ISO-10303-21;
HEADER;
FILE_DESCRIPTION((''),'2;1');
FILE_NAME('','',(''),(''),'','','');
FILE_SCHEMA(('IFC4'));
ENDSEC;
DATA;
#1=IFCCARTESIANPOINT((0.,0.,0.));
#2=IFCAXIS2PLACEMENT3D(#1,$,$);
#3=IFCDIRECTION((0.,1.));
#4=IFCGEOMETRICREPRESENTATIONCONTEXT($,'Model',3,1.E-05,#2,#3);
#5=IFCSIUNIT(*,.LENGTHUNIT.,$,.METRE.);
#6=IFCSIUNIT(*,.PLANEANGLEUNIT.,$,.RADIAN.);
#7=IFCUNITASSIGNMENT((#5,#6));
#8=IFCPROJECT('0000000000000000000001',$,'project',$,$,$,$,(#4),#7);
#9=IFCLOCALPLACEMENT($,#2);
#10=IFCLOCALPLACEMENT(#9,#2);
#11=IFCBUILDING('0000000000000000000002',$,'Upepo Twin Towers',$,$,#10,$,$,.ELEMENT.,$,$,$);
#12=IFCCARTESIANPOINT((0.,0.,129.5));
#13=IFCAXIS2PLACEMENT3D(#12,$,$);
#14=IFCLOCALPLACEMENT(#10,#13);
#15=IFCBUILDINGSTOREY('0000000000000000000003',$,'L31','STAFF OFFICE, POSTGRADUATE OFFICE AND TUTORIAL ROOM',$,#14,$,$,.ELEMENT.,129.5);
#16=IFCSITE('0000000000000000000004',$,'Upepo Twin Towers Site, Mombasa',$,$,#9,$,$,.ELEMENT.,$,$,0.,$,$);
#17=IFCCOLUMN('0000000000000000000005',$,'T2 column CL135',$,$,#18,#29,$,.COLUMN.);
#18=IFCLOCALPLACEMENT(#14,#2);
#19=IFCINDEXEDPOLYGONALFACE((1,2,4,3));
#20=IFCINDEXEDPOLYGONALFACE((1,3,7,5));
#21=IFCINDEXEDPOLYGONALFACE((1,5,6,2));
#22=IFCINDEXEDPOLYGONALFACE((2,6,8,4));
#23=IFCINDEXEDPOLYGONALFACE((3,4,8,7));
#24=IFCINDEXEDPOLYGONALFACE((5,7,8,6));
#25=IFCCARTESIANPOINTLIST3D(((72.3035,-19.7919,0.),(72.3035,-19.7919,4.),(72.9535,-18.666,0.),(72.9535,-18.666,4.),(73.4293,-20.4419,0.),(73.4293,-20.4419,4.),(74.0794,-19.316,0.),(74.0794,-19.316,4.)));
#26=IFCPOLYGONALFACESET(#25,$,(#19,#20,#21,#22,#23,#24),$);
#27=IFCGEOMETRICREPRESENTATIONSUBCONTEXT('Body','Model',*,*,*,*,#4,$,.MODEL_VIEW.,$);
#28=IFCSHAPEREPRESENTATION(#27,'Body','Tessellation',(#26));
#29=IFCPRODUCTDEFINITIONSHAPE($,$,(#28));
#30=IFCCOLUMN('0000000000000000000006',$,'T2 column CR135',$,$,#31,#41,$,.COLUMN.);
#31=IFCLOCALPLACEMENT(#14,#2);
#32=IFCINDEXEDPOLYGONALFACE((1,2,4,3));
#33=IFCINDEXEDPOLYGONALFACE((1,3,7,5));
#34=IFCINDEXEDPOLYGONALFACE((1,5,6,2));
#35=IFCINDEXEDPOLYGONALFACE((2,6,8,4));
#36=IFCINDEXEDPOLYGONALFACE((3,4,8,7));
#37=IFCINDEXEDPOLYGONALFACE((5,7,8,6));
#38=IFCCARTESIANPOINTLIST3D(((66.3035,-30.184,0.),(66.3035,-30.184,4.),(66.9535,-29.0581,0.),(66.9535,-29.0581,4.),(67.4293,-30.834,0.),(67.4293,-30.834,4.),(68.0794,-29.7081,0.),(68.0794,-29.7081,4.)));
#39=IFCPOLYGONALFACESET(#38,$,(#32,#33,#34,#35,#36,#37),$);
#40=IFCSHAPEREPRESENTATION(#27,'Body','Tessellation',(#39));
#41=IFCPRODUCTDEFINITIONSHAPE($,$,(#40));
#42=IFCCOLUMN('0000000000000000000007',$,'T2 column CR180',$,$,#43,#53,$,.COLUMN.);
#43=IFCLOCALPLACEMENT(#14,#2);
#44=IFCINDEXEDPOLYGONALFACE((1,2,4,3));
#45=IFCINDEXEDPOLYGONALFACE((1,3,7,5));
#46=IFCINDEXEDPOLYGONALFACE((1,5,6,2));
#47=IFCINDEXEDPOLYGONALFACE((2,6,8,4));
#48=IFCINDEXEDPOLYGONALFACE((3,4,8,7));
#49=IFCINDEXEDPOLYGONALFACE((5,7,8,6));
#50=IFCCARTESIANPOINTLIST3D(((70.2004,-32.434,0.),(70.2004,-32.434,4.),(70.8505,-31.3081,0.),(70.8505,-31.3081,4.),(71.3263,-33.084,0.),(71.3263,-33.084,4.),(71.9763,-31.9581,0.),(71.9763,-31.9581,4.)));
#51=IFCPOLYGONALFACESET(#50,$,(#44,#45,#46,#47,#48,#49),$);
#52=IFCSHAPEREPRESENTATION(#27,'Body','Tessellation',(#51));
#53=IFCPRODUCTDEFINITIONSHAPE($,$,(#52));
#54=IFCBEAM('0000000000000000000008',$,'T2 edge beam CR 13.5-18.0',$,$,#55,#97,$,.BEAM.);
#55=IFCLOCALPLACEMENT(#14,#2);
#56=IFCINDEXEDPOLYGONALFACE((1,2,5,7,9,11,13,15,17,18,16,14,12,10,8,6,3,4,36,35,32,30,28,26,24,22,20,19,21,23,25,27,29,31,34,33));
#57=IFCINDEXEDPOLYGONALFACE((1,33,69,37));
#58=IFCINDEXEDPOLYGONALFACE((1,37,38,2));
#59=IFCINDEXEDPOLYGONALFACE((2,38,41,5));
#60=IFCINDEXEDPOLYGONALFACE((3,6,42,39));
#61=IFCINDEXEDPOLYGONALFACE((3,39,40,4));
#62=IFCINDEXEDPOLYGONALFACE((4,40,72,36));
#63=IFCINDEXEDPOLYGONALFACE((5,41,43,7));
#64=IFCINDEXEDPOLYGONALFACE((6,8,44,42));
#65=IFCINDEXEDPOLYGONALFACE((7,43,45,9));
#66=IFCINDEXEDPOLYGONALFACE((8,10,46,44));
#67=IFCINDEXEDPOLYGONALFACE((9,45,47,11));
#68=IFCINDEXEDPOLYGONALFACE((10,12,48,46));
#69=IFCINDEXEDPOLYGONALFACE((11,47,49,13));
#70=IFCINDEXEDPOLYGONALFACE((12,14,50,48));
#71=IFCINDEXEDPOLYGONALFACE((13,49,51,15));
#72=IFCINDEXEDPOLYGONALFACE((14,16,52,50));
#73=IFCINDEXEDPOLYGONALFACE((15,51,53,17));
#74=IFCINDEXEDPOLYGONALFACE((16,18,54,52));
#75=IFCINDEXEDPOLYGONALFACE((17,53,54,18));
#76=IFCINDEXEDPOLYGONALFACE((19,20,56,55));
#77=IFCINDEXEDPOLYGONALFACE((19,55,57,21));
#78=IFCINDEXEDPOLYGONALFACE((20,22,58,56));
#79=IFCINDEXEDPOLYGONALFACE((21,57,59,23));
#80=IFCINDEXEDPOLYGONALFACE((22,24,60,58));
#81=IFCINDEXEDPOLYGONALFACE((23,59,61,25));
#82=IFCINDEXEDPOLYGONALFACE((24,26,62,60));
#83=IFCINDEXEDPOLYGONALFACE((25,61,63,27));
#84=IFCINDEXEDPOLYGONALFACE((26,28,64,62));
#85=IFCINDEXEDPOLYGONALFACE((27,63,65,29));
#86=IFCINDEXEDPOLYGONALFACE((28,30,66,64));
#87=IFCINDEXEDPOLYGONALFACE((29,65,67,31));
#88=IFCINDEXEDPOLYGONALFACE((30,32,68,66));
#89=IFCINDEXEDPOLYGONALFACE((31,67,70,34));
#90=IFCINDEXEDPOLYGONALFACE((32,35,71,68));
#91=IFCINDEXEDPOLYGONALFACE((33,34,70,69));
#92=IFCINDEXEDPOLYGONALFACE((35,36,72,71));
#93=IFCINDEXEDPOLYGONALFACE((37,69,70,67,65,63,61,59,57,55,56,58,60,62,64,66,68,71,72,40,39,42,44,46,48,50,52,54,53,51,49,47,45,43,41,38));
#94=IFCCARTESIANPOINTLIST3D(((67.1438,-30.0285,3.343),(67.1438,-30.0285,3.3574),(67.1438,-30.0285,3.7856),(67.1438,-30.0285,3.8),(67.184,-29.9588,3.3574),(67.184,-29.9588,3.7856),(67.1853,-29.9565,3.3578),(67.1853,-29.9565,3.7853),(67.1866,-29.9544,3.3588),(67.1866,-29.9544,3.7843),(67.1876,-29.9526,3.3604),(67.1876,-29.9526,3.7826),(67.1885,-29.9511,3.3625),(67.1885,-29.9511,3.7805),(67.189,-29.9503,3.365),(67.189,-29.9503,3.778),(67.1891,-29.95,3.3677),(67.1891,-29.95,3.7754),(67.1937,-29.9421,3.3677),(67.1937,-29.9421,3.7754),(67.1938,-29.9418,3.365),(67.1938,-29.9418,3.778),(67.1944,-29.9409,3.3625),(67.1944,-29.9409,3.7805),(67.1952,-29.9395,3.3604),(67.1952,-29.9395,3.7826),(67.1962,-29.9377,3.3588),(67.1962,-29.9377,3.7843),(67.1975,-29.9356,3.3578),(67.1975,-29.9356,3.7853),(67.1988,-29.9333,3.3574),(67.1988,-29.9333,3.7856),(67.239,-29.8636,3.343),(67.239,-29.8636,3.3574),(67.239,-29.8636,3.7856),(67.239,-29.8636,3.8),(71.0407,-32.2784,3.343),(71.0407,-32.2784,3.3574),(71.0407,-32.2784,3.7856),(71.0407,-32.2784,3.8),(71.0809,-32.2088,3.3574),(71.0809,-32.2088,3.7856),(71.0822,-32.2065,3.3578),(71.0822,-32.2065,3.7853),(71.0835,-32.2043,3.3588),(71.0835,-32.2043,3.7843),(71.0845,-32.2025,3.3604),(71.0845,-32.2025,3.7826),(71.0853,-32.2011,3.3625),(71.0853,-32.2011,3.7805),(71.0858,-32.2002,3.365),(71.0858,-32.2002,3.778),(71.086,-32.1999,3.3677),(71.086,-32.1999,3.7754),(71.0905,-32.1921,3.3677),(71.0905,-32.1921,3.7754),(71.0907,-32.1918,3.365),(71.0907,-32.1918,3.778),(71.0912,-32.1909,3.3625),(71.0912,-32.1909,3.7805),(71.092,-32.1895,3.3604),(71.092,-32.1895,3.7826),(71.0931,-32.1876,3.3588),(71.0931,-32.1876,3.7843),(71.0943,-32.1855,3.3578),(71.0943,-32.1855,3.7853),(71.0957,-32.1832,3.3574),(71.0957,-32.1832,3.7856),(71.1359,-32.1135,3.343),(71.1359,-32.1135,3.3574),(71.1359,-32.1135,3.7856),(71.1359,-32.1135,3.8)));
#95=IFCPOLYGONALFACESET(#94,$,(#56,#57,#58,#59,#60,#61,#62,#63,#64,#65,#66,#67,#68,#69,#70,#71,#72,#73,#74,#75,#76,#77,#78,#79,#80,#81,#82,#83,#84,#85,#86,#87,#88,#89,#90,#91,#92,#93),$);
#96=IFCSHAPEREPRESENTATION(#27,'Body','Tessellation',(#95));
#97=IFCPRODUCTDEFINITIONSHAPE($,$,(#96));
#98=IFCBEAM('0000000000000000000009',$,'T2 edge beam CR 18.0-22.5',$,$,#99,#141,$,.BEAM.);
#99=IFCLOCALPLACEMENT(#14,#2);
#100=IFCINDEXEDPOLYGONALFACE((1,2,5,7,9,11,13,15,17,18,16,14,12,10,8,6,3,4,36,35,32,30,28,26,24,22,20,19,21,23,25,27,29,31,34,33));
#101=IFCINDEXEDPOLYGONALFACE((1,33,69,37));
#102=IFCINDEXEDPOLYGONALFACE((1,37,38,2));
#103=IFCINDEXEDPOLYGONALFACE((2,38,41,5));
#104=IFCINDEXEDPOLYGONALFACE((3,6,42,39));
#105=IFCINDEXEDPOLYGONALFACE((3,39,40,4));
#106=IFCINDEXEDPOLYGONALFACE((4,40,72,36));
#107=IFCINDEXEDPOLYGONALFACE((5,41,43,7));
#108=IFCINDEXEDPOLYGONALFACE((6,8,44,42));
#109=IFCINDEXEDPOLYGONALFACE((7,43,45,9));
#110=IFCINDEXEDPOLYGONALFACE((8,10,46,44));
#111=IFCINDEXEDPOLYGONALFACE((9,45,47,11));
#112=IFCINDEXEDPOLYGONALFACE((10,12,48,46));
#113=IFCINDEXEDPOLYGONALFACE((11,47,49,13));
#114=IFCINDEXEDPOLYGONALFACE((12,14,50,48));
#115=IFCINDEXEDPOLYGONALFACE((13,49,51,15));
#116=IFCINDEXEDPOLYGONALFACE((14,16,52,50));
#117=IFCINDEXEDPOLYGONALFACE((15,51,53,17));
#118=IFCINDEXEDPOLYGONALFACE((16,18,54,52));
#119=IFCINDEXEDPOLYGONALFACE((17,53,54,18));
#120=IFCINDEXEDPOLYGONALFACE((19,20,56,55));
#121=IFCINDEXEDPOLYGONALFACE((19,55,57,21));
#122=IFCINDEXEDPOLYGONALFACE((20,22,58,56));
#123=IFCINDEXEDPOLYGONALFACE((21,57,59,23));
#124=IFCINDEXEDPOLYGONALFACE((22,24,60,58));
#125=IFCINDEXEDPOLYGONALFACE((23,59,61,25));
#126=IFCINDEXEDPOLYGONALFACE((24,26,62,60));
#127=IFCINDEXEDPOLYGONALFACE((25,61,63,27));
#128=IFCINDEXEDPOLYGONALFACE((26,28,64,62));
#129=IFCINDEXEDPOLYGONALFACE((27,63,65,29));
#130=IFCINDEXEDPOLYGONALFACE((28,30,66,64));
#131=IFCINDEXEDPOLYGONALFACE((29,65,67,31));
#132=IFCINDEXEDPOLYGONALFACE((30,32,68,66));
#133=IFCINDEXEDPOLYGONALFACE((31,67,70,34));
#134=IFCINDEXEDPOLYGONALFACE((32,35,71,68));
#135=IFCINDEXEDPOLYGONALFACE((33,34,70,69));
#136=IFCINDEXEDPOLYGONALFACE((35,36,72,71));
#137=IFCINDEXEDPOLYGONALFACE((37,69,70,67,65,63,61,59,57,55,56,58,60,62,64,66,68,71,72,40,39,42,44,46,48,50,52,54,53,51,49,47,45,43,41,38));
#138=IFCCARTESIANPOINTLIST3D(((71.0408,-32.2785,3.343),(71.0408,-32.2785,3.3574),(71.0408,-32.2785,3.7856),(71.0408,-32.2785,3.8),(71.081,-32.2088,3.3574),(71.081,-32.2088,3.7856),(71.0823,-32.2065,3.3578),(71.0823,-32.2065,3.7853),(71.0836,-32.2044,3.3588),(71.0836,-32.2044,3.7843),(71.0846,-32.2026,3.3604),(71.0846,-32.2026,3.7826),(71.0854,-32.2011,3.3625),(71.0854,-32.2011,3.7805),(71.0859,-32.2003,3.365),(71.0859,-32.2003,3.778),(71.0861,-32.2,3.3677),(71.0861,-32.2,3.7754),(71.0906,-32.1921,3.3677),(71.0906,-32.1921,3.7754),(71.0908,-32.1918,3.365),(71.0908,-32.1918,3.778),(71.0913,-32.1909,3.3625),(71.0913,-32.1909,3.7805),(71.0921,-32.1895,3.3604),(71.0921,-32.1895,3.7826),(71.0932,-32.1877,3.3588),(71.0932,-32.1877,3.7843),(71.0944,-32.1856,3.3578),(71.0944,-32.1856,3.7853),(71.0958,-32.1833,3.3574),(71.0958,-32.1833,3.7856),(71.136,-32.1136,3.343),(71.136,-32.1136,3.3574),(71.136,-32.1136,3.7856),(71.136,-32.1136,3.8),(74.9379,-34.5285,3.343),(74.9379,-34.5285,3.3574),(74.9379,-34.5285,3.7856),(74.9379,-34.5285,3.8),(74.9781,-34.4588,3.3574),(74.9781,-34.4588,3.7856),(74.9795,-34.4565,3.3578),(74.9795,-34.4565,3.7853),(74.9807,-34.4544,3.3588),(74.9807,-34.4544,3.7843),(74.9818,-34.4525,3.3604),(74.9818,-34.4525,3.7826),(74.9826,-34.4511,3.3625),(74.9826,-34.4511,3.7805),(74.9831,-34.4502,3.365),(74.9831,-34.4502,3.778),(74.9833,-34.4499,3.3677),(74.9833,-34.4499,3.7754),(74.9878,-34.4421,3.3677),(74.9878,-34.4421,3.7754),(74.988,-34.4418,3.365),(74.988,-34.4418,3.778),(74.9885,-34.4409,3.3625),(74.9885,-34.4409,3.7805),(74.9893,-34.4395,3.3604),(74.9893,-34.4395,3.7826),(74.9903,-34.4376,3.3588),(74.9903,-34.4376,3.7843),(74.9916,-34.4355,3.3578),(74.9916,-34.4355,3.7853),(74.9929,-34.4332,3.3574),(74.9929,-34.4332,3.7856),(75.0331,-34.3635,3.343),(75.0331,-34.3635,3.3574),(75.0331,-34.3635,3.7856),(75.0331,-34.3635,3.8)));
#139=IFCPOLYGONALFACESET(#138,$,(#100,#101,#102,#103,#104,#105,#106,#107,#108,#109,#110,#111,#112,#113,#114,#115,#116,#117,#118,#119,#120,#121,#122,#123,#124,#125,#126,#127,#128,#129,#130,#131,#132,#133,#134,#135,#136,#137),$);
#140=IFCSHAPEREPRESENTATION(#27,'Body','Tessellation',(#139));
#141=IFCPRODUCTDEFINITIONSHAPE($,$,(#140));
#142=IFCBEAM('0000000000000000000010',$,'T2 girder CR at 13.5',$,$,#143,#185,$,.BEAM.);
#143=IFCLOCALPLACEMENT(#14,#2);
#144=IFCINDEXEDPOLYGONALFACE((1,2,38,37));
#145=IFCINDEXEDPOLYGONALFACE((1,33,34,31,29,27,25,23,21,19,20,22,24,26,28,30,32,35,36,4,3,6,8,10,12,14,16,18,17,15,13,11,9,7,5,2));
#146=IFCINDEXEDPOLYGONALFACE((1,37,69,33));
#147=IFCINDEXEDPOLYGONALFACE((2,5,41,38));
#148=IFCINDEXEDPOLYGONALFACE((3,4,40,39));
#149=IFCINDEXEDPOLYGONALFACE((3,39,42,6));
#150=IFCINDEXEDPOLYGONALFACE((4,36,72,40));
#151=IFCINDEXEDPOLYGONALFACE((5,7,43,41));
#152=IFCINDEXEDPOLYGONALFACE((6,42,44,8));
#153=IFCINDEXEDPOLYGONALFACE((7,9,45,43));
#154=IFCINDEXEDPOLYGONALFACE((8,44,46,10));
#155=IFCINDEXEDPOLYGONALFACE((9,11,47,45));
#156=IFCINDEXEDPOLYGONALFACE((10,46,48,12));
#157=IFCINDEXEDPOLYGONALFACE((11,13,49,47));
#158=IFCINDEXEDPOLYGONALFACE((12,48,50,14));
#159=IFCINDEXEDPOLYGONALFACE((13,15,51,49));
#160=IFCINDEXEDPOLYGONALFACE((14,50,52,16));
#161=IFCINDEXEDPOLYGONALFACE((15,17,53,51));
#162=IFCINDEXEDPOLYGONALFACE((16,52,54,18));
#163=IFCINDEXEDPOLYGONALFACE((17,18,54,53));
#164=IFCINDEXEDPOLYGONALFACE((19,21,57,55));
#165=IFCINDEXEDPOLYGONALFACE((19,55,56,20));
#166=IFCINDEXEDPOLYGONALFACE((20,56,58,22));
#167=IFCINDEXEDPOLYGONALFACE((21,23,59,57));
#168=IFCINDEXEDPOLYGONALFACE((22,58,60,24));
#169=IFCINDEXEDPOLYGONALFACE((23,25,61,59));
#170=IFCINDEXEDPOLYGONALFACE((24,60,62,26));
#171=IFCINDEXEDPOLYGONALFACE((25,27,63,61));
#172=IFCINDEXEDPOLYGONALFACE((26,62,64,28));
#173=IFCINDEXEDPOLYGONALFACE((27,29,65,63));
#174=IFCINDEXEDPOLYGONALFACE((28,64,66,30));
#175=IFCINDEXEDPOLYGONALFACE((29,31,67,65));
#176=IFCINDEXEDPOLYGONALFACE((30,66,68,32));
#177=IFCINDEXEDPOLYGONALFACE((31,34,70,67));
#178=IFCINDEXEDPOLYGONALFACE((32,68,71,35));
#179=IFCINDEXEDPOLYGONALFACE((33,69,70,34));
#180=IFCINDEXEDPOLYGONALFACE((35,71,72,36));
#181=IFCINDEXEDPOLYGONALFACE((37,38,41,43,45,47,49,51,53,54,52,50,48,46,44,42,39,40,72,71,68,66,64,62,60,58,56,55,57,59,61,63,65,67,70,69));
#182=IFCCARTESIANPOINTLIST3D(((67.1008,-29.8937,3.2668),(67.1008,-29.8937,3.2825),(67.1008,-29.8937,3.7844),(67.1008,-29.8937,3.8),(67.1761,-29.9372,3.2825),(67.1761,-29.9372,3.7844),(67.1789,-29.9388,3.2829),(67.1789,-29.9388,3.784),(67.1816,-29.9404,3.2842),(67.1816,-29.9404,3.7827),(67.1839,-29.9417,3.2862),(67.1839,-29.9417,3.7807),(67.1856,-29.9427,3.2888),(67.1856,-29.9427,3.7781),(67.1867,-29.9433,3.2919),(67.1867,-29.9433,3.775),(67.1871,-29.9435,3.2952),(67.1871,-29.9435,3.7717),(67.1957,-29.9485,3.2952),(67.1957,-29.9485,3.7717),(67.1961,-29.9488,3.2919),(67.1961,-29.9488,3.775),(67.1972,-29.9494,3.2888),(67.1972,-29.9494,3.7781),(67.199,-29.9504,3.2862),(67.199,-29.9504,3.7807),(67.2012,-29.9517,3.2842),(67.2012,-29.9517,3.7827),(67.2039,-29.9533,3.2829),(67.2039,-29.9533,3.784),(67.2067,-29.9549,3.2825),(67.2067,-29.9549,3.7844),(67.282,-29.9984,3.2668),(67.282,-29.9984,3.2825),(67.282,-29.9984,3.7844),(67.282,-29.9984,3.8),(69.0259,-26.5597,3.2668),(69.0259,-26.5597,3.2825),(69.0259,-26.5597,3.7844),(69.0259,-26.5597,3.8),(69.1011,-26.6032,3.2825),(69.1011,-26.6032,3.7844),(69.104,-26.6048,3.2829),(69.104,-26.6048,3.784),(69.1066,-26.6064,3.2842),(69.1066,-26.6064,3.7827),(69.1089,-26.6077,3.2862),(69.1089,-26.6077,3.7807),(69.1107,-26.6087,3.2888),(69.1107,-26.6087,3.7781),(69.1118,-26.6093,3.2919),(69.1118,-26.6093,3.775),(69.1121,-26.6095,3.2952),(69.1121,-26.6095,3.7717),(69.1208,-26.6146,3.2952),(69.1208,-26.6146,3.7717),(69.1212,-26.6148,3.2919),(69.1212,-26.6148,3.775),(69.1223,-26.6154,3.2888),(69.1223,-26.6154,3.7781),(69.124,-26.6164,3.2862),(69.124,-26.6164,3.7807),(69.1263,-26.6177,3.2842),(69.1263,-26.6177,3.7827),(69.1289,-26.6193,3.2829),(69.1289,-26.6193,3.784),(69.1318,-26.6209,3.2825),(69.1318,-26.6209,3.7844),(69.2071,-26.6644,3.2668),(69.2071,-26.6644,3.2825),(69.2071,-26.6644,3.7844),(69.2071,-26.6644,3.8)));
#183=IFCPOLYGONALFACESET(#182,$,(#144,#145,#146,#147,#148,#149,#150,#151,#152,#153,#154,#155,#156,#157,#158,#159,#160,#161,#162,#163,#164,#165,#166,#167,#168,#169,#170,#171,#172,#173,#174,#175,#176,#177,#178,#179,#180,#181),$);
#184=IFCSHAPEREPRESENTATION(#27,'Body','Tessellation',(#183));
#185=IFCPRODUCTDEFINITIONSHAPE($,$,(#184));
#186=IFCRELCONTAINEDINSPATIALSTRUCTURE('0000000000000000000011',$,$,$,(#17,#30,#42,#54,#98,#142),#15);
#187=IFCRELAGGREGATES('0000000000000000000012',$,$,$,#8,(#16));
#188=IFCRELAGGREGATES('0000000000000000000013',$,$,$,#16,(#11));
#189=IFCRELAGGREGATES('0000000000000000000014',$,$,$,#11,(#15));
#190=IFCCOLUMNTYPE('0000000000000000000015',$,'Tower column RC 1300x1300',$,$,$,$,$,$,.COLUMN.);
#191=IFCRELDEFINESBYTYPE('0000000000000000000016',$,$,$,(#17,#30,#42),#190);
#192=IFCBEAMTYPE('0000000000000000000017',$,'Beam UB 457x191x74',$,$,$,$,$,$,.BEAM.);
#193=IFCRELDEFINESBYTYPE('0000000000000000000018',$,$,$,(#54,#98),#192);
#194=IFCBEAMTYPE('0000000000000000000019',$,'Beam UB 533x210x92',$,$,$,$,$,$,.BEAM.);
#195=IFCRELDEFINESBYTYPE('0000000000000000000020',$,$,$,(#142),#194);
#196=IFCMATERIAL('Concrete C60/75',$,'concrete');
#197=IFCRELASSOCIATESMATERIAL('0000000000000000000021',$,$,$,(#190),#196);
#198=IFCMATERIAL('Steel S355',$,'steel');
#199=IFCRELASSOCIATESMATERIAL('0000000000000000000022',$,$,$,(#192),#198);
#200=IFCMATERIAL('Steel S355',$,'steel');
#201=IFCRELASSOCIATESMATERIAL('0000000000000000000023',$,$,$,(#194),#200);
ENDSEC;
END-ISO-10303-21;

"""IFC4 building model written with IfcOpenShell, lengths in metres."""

from ifc_helpers import new_model, si_unit, direction, frame, origin, origin_2d, place, context, subcontext, project, spatial, rectangle, i_section, extrude, material, material_profile, profile_set, type_object, element, save


model = new_model("IFC4")

# Units and contexts
model_context = context("Model", 3, precision=1e-05, world=origin(), true_north=direction((0.0, 1.0)))
body_context = subcontext(model_context, "Body", "Model", "MODEL_VIEW")
ifc_project = project(units=[si_unit("LENGTHUNIT", "METRE"), si_unit("PLANEANGLEUNIT", "RADIAN")], contexts=[model_context])

# Site, building, storey
site_placement = place(None, origin())
site = spatial("IfcSite", under=ifc_project, at=site_placement, Name="Upepo Twin Towers Site, Mombasa", CompositionType="ELEMENT", RefElevation=0.0)
building_placement = place(site_placement, origin())
building = spatial("IfcBuilding", under=site, at=building_placement, Name="Upepo Twin Towers", CompositionType="ELEMENT")
storey_placement = place(building_placement, frame((0.0, 0.0, 129.5)))
storey = spatial("IfcBuildingStorey", under=building, at=storey_placement, Name="L31", Description="STAFF OFFICE, POSTGRADUATE OFFICE AND TUTORIAL ROOM", CompositionType="ELEMENT", Elevation=129.5)

# Columns
ifc_material_1 = material(Name="Concrete C60/75", Category="concrete")
ifc_material_profile_1 = material_profile(ifc_material_1, rectangle(XDim=1.3, YDim=1.3, at=origin_2d()), Name="RC 1300x1300")
ifc_profile_set_1 = profile_set([ifc_material_profile_1], Name="Concrete C60/75")
column_type = type_object("IfcColumnType", Name="Tower column RC 1300x1300", PredefinedType="COLUMN", material=ifc_profile_set_1)
for number, where, z_axis, x_axis, name in (
    (1, (73.1914, -19.554, 0.0), (0.0, 0.0, 1.0), (0.5, 0.866025, 0.0), "T2 column CL135"),
    (2, (67.1914, -29.946, 0.0), (0.0, 0.0, 1.0), (0.5, 0.866025, 0.0), "T2 column CR135"),
    (3, (71.0884, -32.196, 0.0), (0.0, 0.0, 1.0), (0.5, 0.866025, 0.0), "T2 column CR180"),
):
    element("IfcColumn", number, at=place(storey_placement, frame(where, z_axis=z_axis, x_axis=x_axis)), inside=storey, type_object=column_type, Name=name, PredefinedType="COLUMN", context=body_context, shape_type="SweptSolid", body=[
        extrude(rectangle(XDim=1.3, YDim=1.3, at=origin_2d()), origin(), (0.0, 0.0, 1.0), 4.0),
    ])

# Beams
ifc_material_2 = material(Name="Steel S355", Category="steel")
ifc_material_profile_2 = material_profile(ifc_material_2, i_section(OverallWidth=0.1904, OverallDepth=0.457, WebThickness=0.009, FlangeThickness=0.0144, FilletRadius=0.0103, at=origin_2d()), Name="UB 457x191x74")
ifc_profile_set_2 = profile_set([ifc_material_profile_2], Name="Steel S355")
beam_type_1 = type_object("IfcBeamType", Name="Beam UB 457x191x74", PredefinedType="BEAM", material=ifc_profile_set_2)
beam_1_placement = place(storey_placement, frame((67.1914, -29.946, 3.5715), z_axis=(0.866018, -0.500014, 0.0), x_axis=(0.500014, 0.866018, 0.0)))
element("IfcBeam", 4, at=beam_1_placement, inside=storey, type_object=beam_type_1, Name="T2 edge beam CR 13.5-18.0", PredefinedType="BEAM", context=body_context, shape_type="SweptSolid", body=[
    extrude(i_section(OverallWidth=0.1904, OverallDepth=0.457, WebThickness=0.009, FlangeThickness=0.0144, FilletRadius=0.0103, at=origin_2d()), origin(), (0.0, 0.0, 1.0), 4.4998),
])
beam_2_placement = place(storey_placement, frame((71.0884, -32.196, 3.5715), z_axis=(0.866031, -0.49999, 0.0), x_axis=(0.49999, 0.866031, 0.0)))
element("IfcBeam", 5, at=beam_2_placement, inside=storey, type_object=beam_type_1, Name="T2 edge beam CR 18.0-22.5", PredefinedType="BEAM", context=body_context, shape_type="SweptSolid", body=[
    extrude(i_section(OverallWidth=0.1904, OverallDepth=0.457, WebThickness=0.009, FlangeThickness=0.0144, FilletRadius=0.0103, at=origin_2d()), origin(), (0.0, 0.0, 1.0), 4.5),
])
ifc_material_3 = material(Name="Steel S355", Category="steel")
ifc_material_profile_3 = material_profile(ifc_material_3, i_section(OverallWidth=0.2092, OverallDepth=0.5332, WebThickness=0.01, FlangeThickness=0.0156, FilletRadius=0.0127, at=origin_2d()), Name="UB 533x210x92")
ifc_profile_set_3 = profile_set([ifc_material_profile_3], Name="Steel S355")
beam_type_2 = type_object("IfcBeamType", Name="Beam UB 533x210x92", PredefinedType="BEAM", material=ifc_profile_set_3)
for number, where, z_axis, x_axis, name in (
    (6, (67.1914, -29.946, 3.5334), (0.500034, 0.866006, 0.0), (-0.866006, 0.500034, 0.0), "T2 girder CR at 13.5"),
):
    element("IfcBeam", number, at=place(storey_placement, frame(where, z_axis=z_axis, x_axis=x_axis)), inside=storey, type_object=beam_type_2, Name=name, PredefinedType="BEAM", context=body_context, shape_type="SweptSolid", body=[
        extrude(i_section(OverallWidth=0.2092, OverallDepth=0.5332, WebThickness=0.01, FlangeThickness=0.0156, FilletRadius=0.0127, at=origin_2d()), origin(), (0.0, 0.0, 1.0), 3.8499),
    ])

save(model, "model.ifc")
